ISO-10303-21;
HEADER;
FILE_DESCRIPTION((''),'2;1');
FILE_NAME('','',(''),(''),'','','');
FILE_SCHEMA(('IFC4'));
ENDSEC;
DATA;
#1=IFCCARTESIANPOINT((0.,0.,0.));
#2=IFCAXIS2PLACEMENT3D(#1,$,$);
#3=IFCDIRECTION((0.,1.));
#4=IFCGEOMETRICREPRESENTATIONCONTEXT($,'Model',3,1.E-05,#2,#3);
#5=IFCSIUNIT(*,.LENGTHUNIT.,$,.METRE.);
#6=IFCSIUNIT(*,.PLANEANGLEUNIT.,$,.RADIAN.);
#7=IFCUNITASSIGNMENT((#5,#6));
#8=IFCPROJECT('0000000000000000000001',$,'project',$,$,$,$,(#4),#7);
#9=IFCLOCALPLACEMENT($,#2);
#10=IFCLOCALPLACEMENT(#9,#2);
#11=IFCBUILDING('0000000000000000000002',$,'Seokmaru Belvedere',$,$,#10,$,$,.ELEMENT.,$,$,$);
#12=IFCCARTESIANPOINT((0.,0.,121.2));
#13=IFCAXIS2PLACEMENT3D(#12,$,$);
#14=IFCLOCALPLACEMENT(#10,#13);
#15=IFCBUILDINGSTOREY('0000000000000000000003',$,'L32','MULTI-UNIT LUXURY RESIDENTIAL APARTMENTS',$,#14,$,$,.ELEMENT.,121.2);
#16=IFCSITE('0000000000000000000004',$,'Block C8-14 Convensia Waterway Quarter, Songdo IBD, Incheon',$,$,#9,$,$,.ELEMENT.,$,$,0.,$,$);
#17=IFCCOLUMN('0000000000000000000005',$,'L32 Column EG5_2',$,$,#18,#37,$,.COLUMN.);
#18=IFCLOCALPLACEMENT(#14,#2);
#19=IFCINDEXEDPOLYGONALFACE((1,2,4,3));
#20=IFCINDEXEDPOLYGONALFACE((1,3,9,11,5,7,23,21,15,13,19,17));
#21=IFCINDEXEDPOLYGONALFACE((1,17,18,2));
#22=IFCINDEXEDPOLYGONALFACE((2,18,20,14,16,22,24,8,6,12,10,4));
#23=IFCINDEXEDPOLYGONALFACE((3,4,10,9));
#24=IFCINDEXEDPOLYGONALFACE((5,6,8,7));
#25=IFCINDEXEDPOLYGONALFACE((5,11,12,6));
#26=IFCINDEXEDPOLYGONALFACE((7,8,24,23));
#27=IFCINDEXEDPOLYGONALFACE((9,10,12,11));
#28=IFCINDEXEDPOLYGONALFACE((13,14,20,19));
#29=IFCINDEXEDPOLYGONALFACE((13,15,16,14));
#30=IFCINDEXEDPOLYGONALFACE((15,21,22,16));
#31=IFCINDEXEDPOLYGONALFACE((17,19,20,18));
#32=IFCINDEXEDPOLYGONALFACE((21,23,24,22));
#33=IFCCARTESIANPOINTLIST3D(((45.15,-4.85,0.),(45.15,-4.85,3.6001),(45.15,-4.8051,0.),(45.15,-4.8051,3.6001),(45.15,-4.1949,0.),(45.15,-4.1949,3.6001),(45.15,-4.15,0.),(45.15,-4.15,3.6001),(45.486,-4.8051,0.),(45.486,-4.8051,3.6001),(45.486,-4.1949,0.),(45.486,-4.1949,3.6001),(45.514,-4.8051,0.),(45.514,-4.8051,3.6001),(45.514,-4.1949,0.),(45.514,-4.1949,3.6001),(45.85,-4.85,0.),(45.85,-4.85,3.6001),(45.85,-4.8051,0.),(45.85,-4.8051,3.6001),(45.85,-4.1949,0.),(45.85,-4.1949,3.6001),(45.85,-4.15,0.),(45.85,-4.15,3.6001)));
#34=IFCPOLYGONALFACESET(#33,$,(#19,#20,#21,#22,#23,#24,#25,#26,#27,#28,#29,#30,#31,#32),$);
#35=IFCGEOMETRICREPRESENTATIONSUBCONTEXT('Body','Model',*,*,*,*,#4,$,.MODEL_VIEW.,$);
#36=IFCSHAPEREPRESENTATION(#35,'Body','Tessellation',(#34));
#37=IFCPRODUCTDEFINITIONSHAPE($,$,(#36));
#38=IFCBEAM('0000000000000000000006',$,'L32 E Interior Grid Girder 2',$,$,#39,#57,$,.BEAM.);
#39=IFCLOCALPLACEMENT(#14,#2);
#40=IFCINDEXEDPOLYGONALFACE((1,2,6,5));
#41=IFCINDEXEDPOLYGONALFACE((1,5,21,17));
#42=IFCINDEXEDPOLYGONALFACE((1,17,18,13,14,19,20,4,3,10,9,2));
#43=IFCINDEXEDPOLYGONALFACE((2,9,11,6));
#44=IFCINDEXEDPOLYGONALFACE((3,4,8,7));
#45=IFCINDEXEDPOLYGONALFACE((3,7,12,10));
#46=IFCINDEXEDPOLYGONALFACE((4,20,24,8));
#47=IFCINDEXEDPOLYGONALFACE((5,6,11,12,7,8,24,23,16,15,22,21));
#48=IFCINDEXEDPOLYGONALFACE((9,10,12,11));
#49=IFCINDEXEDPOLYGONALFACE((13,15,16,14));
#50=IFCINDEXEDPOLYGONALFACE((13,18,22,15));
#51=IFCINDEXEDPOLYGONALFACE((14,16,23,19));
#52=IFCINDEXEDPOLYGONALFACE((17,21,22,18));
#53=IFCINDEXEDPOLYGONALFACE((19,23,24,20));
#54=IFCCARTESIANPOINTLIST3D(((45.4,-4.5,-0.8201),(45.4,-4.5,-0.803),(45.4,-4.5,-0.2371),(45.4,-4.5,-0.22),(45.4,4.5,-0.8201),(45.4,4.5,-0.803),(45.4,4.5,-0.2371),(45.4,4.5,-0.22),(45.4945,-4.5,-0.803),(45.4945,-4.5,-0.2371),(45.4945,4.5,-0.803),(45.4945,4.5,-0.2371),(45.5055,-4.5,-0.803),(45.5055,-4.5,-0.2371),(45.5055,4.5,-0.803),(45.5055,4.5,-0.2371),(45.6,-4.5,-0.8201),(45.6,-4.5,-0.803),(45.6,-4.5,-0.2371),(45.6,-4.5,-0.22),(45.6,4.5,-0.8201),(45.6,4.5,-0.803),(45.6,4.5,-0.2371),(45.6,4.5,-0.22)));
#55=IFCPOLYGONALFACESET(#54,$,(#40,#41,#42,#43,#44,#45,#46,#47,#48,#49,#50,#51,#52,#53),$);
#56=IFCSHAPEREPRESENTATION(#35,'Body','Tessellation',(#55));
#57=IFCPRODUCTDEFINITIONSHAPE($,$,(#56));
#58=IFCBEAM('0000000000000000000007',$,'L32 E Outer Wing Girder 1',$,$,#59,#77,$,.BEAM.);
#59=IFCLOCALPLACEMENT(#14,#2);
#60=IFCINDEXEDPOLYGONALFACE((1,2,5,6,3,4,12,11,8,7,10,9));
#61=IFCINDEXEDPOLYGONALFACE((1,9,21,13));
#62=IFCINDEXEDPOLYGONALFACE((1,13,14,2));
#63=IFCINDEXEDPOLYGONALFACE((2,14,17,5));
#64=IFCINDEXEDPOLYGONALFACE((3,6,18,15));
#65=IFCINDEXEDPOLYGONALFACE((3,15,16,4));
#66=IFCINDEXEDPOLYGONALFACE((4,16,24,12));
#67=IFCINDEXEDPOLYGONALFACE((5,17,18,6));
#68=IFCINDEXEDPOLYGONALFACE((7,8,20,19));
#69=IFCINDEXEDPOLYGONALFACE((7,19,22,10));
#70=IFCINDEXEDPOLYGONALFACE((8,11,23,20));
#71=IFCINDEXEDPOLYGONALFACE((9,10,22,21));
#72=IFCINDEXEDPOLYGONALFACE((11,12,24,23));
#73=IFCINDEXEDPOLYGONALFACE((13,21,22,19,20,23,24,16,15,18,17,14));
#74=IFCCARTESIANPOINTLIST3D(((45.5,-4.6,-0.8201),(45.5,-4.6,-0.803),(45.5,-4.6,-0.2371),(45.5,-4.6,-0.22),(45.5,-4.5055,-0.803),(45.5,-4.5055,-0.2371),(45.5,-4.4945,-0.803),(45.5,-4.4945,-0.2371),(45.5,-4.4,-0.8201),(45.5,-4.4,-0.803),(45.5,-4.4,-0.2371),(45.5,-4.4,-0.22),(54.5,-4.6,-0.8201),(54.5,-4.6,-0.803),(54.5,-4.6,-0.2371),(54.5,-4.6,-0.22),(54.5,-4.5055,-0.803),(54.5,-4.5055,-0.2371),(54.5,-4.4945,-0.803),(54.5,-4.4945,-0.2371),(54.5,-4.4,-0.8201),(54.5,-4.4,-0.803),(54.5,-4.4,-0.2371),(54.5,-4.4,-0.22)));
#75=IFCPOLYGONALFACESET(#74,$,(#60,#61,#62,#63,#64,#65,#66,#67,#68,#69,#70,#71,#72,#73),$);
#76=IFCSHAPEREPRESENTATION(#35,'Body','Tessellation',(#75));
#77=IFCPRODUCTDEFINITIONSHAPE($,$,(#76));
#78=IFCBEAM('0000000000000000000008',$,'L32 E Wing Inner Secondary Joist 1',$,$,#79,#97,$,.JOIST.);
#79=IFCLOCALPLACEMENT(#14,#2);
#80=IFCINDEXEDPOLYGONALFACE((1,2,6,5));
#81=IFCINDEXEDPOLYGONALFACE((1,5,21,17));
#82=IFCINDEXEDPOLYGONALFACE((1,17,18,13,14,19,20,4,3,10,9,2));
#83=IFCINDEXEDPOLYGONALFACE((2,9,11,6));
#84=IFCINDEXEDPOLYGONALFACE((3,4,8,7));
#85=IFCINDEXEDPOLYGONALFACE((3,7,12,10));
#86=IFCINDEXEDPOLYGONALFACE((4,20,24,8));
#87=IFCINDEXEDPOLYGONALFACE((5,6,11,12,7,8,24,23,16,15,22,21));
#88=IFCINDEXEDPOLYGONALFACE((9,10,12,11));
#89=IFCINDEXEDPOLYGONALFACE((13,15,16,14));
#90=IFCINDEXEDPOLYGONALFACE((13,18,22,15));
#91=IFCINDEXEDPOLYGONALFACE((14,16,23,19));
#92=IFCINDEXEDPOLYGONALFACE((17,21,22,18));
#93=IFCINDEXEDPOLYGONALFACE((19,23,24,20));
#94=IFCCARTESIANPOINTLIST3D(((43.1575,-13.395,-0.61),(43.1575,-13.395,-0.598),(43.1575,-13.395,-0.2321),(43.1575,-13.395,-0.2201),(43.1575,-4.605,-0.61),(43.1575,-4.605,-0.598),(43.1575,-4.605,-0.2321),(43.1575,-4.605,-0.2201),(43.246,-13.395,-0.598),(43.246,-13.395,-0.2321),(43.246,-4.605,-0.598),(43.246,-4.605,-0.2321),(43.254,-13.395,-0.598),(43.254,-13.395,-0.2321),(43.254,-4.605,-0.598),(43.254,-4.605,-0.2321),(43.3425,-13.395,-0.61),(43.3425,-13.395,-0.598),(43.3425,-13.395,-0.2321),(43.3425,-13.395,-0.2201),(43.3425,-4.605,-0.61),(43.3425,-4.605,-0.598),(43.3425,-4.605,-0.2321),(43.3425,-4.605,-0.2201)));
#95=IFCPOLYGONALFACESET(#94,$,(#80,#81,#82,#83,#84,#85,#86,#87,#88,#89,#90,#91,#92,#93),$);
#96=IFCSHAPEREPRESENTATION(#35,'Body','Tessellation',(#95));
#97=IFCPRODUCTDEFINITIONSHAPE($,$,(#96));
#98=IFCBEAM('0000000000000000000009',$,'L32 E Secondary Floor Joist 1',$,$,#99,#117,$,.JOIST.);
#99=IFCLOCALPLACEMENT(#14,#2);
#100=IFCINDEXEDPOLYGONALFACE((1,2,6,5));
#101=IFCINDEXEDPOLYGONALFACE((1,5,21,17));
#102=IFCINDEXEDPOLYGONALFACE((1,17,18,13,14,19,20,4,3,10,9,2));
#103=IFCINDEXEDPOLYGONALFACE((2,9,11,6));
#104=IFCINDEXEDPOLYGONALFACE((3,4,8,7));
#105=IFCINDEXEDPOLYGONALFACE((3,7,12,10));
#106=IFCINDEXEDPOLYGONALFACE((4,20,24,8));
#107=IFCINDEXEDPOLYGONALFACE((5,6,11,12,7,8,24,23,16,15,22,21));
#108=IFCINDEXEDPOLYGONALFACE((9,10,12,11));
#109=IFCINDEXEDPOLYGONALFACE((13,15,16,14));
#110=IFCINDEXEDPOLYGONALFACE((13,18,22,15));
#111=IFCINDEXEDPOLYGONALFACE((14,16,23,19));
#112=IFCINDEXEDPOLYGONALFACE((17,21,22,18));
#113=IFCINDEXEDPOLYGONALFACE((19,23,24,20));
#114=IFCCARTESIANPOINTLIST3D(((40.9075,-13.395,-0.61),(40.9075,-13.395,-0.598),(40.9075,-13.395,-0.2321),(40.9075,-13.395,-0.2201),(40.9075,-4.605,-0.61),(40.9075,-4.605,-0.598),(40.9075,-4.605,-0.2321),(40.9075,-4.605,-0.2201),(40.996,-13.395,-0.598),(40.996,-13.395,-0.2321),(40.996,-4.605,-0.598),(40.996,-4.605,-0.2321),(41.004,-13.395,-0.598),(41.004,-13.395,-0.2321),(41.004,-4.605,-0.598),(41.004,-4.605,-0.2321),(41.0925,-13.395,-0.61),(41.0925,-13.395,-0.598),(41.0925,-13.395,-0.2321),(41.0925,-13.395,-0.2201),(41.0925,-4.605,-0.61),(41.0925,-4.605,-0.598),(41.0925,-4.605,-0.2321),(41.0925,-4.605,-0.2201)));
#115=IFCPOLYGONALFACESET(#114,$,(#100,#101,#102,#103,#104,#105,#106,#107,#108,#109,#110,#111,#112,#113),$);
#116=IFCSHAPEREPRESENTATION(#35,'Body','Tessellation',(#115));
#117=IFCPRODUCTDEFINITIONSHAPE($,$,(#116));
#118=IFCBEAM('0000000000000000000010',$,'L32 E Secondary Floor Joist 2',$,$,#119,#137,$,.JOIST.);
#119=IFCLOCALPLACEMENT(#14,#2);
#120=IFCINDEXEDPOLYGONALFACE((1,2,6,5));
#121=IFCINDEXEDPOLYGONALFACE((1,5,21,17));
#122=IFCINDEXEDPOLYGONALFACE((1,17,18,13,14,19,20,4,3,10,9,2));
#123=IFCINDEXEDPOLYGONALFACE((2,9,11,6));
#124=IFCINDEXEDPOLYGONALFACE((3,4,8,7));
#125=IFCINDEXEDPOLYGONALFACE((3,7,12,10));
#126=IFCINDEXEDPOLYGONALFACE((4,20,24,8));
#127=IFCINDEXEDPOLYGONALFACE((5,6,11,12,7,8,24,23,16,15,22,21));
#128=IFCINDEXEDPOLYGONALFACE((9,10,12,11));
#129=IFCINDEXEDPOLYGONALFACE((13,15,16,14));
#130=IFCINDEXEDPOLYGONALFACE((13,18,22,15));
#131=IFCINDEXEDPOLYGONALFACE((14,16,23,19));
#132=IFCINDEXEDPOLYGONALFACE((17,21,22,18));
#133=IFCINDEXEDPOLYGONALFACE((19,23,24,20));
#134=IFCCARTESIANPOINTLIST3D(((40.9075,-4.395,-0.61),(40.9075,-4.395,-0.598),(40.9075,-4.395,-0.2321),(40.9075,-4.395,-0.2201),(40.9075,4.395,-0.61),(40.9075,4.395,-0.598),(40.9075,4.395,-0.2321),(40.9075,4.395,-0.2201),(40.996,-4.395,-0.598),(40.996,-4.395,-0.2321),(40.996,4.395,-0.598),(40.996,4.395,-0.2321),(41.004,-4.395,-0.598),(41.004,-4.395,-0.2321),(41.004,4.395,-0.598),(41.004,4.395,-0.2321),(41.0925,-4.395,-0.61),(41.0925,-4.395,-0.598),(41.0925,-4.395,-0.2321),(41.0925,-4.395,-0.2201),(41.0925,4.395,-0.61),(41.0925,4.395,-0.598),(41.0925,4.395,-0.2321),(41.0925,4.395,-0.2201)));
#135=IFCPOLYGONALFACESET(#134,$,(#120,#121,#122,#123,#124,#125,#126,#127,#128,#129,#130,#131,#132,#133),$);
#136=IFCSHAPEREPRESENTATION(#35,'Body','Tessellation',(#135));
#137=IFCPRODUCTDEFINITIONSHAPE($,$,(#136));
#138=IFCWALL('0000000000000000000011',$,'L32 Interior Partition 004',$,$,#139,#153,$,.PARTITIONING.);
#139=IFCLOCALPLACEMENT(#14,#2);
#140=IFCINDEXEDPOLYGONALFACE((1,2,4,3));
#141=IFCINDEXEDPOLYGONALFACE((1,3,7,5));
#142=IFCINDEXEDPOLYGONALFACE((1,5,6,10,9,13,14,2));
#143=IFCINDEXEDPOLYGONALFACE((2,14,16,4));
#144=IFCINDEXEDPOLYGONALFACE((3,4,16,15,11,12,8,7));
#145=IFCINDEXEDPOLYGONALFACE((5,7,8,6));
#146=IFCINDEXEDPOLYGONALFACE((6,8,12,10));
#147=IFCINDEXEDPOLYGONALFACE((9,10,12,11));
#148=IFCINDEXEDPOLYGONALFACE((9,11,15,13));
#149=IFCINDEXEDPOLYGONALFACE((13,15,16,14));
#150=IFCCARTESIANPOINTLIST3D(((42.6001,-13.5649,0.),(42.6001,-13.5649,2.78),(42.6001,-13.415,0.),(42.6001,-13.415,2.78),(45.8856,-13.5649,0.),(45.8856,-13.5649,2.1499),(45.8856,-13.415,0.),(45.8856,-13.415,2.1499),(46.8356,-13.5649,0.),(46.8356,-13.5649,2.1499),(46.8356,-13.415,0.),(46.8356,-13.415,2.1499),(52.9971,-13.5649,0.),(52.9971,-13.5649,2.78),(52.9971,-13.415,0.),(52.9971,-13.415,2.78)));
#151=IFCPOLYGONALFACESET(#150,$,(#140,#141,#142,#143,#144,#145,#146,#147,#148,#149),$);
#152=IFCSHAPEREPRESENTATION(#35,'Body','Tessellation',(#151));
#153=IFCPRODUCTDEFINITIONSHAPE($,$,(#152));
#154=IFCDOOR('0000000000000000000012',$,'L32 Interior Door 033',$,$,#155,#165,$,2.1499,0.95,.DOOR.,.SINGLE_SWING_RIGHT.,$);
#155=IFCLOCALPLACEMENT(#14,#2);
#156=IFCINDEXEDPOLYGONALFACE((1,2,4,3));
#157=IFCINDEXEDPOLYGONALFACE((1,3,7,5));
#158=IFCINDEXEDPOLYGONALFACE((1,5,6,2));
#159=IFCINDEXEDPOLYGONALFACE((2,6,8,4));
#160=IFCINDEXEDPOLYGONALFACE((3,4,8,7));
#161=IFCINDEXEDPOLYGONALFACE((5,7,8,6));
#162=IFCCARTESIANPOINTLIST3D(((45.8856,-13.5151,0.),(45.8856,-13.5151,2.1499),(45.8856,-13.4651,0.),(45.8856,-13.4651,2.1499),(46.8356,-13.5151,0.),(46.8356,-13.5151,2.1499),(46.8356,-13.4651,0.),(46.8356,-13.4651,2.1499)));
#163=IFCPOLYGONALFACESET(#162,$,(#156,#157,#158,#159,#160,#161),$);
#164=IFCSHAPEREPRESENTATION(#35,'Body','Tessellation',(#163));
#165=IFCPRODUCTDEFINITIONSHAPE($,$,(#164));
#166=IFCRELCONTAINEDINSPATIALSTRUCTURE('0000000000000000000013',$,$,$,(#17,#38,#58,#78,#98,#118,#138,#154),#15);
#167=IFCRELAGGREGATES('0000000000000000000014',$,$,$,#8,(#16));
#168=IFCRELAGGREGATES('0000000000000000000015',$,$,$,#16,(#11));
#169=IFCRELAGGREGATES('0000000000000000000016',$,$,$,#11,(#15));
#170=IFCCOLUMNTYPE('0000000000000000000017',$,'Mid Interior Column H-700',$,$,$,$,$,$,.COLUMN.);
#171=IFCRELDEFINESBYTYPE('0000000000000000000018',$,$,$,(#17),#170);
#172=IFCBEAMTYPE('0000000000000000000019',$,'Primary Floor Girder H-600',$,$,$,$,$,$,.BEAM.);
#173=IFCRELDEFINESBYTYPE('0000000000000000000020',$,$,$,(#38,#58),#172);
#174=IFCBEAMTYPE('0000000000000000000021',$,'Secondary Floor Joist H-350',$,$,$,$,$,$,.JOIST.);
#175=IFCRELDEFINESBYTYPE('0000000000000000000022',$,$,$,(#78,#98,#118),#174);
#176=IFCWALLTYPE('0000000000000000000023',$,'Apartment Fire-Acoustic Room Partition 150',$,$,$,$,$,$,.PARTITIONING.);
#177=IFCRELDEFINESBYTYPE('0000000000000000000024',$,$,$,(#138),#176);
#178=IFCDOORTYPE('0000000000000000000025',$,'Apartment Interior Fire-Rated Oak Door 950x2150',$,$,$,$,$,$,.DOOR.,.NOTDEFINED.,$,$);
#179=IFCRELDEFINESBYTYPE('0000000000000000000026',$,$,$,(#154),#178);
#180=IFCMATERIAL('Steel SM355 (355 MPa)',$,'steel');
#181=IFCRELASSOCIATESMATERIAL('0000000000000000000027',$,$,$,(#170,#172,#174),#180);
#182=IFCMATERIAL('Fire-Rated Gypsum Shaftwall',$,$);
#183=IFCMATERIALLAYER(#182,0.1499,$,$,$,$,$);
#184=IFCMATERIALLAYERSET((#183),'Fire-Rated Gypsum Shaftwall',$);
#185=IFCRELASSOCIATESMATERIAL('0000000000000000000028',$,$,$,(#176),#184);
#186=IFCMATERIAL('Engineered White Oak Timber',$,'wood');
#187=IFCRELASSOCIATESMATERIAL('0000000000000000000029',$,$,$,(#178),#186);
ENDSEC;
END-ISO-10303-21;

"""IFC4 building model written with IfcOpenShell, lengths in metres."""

from ifc_helpers import new_model, si_unit, direction, frame, frame_2d, origin, origin_2d, place, context, subcontext, project, spatial, rectangle, i_section, extrude, source, transform, mapped, material, layer, layer_set, material_profile, profile_set, type_object, type_shapes, element, fill, save


model = new_model("IFC4")

# Units and contexts
model_context = context("Model", 3, precision=1e-05, world=origin(), true_north=direction((0.0, 1.0)))
body_context = subcontext(model_context, "Body", "Model", "MODEL_VIEW")
ifc_project = project(units=[si_unit("LENGTHUNIT", "METRE"), si_unit("PLANEANGLEUNIT", "RADIAN")], contexts=[model_context])

# Site, building, storey
site_placement = place(None, origin())
site = spatial("IfcSite", under=ifc_project, at=site_placement, Name="Block C8-14 Convensia Waterway Quarter, Songdo IBD, Incheon", CompositionType="ELEMENT", RefElevation=0.0)
building_placement = place(site_placement, origin())
building = spatial("IfcBuilding", under=site, at=building_placement, Name="Seokmaru Belvedere", CompositionType="ELEMENT")
storey_placement = place(building_placement, frame((0.0, 0.0, 121.2)))
storey = spatial("IfcBuildingStorey", under=building, at=storey_placement, Name="L32", Description="MULTI-UNIT LUXURY RESIDENTIAL APARTMENTS", CompositionType="ELEMENT", Elevation=121.2)

# Column
ifc_material_1 = material(Name="Steel SM355 (355 MPa)", Category="steel")
ifc_material_profile_1 = material_profile(ifc_material_1, i_section(OverallWidth=0.7, OverallDepth=0.7, WebThickness=0.0281, FlangeThickness=0.0449, at=origin_2d()), Name="H-700x700x28x45")
ifc_profile_set_1 = profile_set([ifc_material_profile_1], Name="Steel SM355 (355 MPa)")
column_type = type_object("IfcColumnType", Name="Mid Interior Column H-700", PredefinedType="COLUMN", material=ifc_profile_set_1)
shared_shape_1 = source(origin(), body_context, "Body", "SweptSolid", [
    extrude(i_section(OverallWidth=0.7, OverallDepth=0.7, WebThickness=0.0281, FlangeThickness=0.0449, at=origin_2d()), origin(), (0.0, 0.0, 1.0), 3.6001),
])
type_shapes(column_type, [shared_shape_1])
column_placement = place(storey_placement, frame((45.5, -4.5, 0.0), z_axis=(0.0, 0.0, 1.0), x_axis=(1.0, 0.0, 0.0)))
element("IfcColumn", 1, at=column_placement, inside=storey, type_object=column_type, Name="L32 Column EG5_2", PredefinedType="COLUMN", context=body_context, shape_type="MappedRepresentation", body=[
    mapped(shared_shape_1, transform((0.0, 0.0, 0.0), scale=1.0)),
])

# Beams
ifc_material_profile_2 = material_profile(ifc_material_1, i_section(OverallWidth=0.2, OverallDepth=0.6001, WebThickness=0.011, FlangeThickness=0.0171, at=origin_2d()), Name="H-600x200x11x17")
ifc_profile_set_2 = profile_set([ifc_material_profile_2], Name="Steel SM355 (355 MPa)")
beam_type_1 = type_object("IfcBeamType", Name="Primary Floor Girder H-600", PredefinedType="BEAM", material=ifc_profile_set_2)
shared_shape_2 = source(origin(), body_context, "Body", "SweptSolid", [
    extrude(i_section(OverallWidth=0.2, OverallDepth=0.6001, WebThickness=0.011, FlangeThickness=0.0171, at=origin_2d()), origin(), (0.0, 0.0, 1.0), 9.0),
])
type_shapes(beam_type_1, [shared_shape_2])
for number, where, z_axis, x_axis, name in (
    (2, (45.5, -4.5, -0.52), (0.0, 1.0, 0.0), (-1.0, 0.0, 0.0), "L32 E Interior Grid Girder 2"),
    (3, (45.5, -4.5, -0.52), (1.0, 0.0, 0.0), (0.0, 1.0, 0.0), "L32 E Outer Wing Girder 1"),
):
    element("IfcBeam", number, at=place(storey_placement, frame(where, z_axis=z_axis, x_axis=x_axis)), inside=storey, type_object=beam_type_1, Name=name, PredefinedType="BEAM", context=body_context, shape_type="MappedRepresentation", body=[
        mapped(shared_shape_2, transform((0.0, 0.0, 0.0), scale=1.0)),
    ])
ifc_material_profile_3 = material_profile(ifc_material_1, i_section(OverallWidth=0.1851, OverallDepth=0.3899, WebThickness=0.0081, FlangeThickness=0.012, at=origin_2d()), Name="H-390x185x8x12")
ifc_profile_set_3 = profile_set([ifc_material_profile_3], Name="Steel SM355 (355 MPa)")
beam_type_2 = type_object("IfcBeamType", Name="Secondary Floor Joist H-350", PredefinedType="JOIST", material=ifc_profile_set_3)
shared_shape_3 = source(origin(), body_context, "Body", "SweptSolid", [
    extrude(i_section(OverallWidth=0.1851, OverallDepth=0.3899, WebThickness=0.0081, FlangeThickness=0.012, at=origin_2d()), origin(), (0.0, 0.0, 1.0), 8.79),
])
type_shapes(beam_type_2, [shared_shape_3])
for number, where, z_axis, x_axis, name in (
    (4, (43.25, -13.395, -0.415), (0.0, 1.0, 0.0), (-1.0, 0.0, 0.0), "L32 E Wing Inner Secondary Joist 1"),
    (5, (41.0, -13.395, -0.415), (0.0, 1.0, 0.0), (-1.0, 0.0, 0.0), "L32 E Secondary Floor Joist 1"),
    (6, (41.0, -4.395, -0.415), (0.0, 1.0, 0.0), (-1.0, 0.0, 0.0), "L32 E Secondary Floor Joist 2"),
):
    element("IfcBeam", number, at=place(storey_placement, frame(where, z_axis=z_axis, x_axis=x_axis)), inside=storey, type_object=beam_type_2, Name=name, PredefinedType="JOIST", context=body_context, shape_type="MappedRepresentation", body=[
        mapped(shared_shape_3, transform((0.0, 0.0, 0.0), scale=1.0)),
    ])

# Wall, opening, door
ifc_material_2 = material(Name="Fire-Rated Gypsum Shaftwall")
ifc_layer_1 = layer(ifc_material_2, 0.1499)
ifc_layer_set_1 = layer_set([ifc_layer_1], Name="Fire-Rated Gypsum Shaftwall")
wall_type_1 = type_object("IfcWallType", Name="Apartment Fire-Acoustic Room Partition 150", PredefinedType="PARTITIONING", material=ifc_layer_set_1)
wall_1_placement = place(storey_placement, frame((42.6001, -13.49, 0.0), z_axis=(0.0, 0.0, 1.0), x_axis=(1.0, 0.0, 0.0)))
wall_1 = element("IfcWall", 7, at=wall_1_placement, inside=storey, type_object=wall_type_1, Name="L32 Interior Partition 004", PredefinedType="PARTITIONING", context=body_context, shape_type="SweptSolid", body=[
    extrude(rectangle(XDim=10.397, YDim=0.1499, at=frame_2d((5.1985, 0.0))), origin(), (0.0, 0.0, 1.0), 2.78),
])
opening_1_placement = place(wall_1_placement, frame((3.2854, 0.0, 0.0)))
opening_1 = element("IfcOpeningElement", 8, at=opening_1_placement, cuts=wall_1, PredefinedType="OPENING", context=body_context, shape_type="SweptSolid", body=[
    extrude(rectangle(XDim=0.95, YDim=2.1499, at=frame_2d((0.4751, 1.075))), frame((0.0, 0.085, 0.0), z_axis=(0.0, -1.0, 0.0), x_axis=(1.0, 0.0, 0.0)), (0.0, 0.0, 1.0), 0.1699),
])
ifc_material_3 = material(Name="Engineered White Oak Timber", Category="wood")
door_type_1 = type_object("IfcDoorType", Name="Apartment Interior Fire-Rated Oak Door 950x2150", OperationType="NOTDEFINED", PredefinedType="DOOR", material=ifc_material_3)
shared_shape_4 = source(origin(), body_context, "Body", "SweptSolid", [
    extrude(rectangle(XDim=0.95, YDim=2.1499, at=frame_2d((0.4751, 1.075))), frame((0.0, 0.0249, 0.0), z_axis=(0.0, -1.0, 0.0), x_axis=(1.0, 0.0, 0.0)), (0.0, 0.0, 1.0), 0.05),
])
type_shapes(door_type_1, [shared_shape_4])
door_1_placement = place(opening_1_placement, origin())
door_1 = element("IfcDoor", 9, at=door_1_placement, inside=storey, type_object=door_type_1, Name="L32 Interior Door 033", OperationType="SINGLE_SWING_RIGHT", OverallHeight=2.1499, OverallWidth=0.95, PredefinedType="DOOR", context=body_context, shape_type="MappedRepresentation", body=[
    mapped(shared_shape_4, transform((0.0, 0.0, 0.0), scale=1.0)),
])
fill(opening_1, door_1)

save(model, "model.ifc")
